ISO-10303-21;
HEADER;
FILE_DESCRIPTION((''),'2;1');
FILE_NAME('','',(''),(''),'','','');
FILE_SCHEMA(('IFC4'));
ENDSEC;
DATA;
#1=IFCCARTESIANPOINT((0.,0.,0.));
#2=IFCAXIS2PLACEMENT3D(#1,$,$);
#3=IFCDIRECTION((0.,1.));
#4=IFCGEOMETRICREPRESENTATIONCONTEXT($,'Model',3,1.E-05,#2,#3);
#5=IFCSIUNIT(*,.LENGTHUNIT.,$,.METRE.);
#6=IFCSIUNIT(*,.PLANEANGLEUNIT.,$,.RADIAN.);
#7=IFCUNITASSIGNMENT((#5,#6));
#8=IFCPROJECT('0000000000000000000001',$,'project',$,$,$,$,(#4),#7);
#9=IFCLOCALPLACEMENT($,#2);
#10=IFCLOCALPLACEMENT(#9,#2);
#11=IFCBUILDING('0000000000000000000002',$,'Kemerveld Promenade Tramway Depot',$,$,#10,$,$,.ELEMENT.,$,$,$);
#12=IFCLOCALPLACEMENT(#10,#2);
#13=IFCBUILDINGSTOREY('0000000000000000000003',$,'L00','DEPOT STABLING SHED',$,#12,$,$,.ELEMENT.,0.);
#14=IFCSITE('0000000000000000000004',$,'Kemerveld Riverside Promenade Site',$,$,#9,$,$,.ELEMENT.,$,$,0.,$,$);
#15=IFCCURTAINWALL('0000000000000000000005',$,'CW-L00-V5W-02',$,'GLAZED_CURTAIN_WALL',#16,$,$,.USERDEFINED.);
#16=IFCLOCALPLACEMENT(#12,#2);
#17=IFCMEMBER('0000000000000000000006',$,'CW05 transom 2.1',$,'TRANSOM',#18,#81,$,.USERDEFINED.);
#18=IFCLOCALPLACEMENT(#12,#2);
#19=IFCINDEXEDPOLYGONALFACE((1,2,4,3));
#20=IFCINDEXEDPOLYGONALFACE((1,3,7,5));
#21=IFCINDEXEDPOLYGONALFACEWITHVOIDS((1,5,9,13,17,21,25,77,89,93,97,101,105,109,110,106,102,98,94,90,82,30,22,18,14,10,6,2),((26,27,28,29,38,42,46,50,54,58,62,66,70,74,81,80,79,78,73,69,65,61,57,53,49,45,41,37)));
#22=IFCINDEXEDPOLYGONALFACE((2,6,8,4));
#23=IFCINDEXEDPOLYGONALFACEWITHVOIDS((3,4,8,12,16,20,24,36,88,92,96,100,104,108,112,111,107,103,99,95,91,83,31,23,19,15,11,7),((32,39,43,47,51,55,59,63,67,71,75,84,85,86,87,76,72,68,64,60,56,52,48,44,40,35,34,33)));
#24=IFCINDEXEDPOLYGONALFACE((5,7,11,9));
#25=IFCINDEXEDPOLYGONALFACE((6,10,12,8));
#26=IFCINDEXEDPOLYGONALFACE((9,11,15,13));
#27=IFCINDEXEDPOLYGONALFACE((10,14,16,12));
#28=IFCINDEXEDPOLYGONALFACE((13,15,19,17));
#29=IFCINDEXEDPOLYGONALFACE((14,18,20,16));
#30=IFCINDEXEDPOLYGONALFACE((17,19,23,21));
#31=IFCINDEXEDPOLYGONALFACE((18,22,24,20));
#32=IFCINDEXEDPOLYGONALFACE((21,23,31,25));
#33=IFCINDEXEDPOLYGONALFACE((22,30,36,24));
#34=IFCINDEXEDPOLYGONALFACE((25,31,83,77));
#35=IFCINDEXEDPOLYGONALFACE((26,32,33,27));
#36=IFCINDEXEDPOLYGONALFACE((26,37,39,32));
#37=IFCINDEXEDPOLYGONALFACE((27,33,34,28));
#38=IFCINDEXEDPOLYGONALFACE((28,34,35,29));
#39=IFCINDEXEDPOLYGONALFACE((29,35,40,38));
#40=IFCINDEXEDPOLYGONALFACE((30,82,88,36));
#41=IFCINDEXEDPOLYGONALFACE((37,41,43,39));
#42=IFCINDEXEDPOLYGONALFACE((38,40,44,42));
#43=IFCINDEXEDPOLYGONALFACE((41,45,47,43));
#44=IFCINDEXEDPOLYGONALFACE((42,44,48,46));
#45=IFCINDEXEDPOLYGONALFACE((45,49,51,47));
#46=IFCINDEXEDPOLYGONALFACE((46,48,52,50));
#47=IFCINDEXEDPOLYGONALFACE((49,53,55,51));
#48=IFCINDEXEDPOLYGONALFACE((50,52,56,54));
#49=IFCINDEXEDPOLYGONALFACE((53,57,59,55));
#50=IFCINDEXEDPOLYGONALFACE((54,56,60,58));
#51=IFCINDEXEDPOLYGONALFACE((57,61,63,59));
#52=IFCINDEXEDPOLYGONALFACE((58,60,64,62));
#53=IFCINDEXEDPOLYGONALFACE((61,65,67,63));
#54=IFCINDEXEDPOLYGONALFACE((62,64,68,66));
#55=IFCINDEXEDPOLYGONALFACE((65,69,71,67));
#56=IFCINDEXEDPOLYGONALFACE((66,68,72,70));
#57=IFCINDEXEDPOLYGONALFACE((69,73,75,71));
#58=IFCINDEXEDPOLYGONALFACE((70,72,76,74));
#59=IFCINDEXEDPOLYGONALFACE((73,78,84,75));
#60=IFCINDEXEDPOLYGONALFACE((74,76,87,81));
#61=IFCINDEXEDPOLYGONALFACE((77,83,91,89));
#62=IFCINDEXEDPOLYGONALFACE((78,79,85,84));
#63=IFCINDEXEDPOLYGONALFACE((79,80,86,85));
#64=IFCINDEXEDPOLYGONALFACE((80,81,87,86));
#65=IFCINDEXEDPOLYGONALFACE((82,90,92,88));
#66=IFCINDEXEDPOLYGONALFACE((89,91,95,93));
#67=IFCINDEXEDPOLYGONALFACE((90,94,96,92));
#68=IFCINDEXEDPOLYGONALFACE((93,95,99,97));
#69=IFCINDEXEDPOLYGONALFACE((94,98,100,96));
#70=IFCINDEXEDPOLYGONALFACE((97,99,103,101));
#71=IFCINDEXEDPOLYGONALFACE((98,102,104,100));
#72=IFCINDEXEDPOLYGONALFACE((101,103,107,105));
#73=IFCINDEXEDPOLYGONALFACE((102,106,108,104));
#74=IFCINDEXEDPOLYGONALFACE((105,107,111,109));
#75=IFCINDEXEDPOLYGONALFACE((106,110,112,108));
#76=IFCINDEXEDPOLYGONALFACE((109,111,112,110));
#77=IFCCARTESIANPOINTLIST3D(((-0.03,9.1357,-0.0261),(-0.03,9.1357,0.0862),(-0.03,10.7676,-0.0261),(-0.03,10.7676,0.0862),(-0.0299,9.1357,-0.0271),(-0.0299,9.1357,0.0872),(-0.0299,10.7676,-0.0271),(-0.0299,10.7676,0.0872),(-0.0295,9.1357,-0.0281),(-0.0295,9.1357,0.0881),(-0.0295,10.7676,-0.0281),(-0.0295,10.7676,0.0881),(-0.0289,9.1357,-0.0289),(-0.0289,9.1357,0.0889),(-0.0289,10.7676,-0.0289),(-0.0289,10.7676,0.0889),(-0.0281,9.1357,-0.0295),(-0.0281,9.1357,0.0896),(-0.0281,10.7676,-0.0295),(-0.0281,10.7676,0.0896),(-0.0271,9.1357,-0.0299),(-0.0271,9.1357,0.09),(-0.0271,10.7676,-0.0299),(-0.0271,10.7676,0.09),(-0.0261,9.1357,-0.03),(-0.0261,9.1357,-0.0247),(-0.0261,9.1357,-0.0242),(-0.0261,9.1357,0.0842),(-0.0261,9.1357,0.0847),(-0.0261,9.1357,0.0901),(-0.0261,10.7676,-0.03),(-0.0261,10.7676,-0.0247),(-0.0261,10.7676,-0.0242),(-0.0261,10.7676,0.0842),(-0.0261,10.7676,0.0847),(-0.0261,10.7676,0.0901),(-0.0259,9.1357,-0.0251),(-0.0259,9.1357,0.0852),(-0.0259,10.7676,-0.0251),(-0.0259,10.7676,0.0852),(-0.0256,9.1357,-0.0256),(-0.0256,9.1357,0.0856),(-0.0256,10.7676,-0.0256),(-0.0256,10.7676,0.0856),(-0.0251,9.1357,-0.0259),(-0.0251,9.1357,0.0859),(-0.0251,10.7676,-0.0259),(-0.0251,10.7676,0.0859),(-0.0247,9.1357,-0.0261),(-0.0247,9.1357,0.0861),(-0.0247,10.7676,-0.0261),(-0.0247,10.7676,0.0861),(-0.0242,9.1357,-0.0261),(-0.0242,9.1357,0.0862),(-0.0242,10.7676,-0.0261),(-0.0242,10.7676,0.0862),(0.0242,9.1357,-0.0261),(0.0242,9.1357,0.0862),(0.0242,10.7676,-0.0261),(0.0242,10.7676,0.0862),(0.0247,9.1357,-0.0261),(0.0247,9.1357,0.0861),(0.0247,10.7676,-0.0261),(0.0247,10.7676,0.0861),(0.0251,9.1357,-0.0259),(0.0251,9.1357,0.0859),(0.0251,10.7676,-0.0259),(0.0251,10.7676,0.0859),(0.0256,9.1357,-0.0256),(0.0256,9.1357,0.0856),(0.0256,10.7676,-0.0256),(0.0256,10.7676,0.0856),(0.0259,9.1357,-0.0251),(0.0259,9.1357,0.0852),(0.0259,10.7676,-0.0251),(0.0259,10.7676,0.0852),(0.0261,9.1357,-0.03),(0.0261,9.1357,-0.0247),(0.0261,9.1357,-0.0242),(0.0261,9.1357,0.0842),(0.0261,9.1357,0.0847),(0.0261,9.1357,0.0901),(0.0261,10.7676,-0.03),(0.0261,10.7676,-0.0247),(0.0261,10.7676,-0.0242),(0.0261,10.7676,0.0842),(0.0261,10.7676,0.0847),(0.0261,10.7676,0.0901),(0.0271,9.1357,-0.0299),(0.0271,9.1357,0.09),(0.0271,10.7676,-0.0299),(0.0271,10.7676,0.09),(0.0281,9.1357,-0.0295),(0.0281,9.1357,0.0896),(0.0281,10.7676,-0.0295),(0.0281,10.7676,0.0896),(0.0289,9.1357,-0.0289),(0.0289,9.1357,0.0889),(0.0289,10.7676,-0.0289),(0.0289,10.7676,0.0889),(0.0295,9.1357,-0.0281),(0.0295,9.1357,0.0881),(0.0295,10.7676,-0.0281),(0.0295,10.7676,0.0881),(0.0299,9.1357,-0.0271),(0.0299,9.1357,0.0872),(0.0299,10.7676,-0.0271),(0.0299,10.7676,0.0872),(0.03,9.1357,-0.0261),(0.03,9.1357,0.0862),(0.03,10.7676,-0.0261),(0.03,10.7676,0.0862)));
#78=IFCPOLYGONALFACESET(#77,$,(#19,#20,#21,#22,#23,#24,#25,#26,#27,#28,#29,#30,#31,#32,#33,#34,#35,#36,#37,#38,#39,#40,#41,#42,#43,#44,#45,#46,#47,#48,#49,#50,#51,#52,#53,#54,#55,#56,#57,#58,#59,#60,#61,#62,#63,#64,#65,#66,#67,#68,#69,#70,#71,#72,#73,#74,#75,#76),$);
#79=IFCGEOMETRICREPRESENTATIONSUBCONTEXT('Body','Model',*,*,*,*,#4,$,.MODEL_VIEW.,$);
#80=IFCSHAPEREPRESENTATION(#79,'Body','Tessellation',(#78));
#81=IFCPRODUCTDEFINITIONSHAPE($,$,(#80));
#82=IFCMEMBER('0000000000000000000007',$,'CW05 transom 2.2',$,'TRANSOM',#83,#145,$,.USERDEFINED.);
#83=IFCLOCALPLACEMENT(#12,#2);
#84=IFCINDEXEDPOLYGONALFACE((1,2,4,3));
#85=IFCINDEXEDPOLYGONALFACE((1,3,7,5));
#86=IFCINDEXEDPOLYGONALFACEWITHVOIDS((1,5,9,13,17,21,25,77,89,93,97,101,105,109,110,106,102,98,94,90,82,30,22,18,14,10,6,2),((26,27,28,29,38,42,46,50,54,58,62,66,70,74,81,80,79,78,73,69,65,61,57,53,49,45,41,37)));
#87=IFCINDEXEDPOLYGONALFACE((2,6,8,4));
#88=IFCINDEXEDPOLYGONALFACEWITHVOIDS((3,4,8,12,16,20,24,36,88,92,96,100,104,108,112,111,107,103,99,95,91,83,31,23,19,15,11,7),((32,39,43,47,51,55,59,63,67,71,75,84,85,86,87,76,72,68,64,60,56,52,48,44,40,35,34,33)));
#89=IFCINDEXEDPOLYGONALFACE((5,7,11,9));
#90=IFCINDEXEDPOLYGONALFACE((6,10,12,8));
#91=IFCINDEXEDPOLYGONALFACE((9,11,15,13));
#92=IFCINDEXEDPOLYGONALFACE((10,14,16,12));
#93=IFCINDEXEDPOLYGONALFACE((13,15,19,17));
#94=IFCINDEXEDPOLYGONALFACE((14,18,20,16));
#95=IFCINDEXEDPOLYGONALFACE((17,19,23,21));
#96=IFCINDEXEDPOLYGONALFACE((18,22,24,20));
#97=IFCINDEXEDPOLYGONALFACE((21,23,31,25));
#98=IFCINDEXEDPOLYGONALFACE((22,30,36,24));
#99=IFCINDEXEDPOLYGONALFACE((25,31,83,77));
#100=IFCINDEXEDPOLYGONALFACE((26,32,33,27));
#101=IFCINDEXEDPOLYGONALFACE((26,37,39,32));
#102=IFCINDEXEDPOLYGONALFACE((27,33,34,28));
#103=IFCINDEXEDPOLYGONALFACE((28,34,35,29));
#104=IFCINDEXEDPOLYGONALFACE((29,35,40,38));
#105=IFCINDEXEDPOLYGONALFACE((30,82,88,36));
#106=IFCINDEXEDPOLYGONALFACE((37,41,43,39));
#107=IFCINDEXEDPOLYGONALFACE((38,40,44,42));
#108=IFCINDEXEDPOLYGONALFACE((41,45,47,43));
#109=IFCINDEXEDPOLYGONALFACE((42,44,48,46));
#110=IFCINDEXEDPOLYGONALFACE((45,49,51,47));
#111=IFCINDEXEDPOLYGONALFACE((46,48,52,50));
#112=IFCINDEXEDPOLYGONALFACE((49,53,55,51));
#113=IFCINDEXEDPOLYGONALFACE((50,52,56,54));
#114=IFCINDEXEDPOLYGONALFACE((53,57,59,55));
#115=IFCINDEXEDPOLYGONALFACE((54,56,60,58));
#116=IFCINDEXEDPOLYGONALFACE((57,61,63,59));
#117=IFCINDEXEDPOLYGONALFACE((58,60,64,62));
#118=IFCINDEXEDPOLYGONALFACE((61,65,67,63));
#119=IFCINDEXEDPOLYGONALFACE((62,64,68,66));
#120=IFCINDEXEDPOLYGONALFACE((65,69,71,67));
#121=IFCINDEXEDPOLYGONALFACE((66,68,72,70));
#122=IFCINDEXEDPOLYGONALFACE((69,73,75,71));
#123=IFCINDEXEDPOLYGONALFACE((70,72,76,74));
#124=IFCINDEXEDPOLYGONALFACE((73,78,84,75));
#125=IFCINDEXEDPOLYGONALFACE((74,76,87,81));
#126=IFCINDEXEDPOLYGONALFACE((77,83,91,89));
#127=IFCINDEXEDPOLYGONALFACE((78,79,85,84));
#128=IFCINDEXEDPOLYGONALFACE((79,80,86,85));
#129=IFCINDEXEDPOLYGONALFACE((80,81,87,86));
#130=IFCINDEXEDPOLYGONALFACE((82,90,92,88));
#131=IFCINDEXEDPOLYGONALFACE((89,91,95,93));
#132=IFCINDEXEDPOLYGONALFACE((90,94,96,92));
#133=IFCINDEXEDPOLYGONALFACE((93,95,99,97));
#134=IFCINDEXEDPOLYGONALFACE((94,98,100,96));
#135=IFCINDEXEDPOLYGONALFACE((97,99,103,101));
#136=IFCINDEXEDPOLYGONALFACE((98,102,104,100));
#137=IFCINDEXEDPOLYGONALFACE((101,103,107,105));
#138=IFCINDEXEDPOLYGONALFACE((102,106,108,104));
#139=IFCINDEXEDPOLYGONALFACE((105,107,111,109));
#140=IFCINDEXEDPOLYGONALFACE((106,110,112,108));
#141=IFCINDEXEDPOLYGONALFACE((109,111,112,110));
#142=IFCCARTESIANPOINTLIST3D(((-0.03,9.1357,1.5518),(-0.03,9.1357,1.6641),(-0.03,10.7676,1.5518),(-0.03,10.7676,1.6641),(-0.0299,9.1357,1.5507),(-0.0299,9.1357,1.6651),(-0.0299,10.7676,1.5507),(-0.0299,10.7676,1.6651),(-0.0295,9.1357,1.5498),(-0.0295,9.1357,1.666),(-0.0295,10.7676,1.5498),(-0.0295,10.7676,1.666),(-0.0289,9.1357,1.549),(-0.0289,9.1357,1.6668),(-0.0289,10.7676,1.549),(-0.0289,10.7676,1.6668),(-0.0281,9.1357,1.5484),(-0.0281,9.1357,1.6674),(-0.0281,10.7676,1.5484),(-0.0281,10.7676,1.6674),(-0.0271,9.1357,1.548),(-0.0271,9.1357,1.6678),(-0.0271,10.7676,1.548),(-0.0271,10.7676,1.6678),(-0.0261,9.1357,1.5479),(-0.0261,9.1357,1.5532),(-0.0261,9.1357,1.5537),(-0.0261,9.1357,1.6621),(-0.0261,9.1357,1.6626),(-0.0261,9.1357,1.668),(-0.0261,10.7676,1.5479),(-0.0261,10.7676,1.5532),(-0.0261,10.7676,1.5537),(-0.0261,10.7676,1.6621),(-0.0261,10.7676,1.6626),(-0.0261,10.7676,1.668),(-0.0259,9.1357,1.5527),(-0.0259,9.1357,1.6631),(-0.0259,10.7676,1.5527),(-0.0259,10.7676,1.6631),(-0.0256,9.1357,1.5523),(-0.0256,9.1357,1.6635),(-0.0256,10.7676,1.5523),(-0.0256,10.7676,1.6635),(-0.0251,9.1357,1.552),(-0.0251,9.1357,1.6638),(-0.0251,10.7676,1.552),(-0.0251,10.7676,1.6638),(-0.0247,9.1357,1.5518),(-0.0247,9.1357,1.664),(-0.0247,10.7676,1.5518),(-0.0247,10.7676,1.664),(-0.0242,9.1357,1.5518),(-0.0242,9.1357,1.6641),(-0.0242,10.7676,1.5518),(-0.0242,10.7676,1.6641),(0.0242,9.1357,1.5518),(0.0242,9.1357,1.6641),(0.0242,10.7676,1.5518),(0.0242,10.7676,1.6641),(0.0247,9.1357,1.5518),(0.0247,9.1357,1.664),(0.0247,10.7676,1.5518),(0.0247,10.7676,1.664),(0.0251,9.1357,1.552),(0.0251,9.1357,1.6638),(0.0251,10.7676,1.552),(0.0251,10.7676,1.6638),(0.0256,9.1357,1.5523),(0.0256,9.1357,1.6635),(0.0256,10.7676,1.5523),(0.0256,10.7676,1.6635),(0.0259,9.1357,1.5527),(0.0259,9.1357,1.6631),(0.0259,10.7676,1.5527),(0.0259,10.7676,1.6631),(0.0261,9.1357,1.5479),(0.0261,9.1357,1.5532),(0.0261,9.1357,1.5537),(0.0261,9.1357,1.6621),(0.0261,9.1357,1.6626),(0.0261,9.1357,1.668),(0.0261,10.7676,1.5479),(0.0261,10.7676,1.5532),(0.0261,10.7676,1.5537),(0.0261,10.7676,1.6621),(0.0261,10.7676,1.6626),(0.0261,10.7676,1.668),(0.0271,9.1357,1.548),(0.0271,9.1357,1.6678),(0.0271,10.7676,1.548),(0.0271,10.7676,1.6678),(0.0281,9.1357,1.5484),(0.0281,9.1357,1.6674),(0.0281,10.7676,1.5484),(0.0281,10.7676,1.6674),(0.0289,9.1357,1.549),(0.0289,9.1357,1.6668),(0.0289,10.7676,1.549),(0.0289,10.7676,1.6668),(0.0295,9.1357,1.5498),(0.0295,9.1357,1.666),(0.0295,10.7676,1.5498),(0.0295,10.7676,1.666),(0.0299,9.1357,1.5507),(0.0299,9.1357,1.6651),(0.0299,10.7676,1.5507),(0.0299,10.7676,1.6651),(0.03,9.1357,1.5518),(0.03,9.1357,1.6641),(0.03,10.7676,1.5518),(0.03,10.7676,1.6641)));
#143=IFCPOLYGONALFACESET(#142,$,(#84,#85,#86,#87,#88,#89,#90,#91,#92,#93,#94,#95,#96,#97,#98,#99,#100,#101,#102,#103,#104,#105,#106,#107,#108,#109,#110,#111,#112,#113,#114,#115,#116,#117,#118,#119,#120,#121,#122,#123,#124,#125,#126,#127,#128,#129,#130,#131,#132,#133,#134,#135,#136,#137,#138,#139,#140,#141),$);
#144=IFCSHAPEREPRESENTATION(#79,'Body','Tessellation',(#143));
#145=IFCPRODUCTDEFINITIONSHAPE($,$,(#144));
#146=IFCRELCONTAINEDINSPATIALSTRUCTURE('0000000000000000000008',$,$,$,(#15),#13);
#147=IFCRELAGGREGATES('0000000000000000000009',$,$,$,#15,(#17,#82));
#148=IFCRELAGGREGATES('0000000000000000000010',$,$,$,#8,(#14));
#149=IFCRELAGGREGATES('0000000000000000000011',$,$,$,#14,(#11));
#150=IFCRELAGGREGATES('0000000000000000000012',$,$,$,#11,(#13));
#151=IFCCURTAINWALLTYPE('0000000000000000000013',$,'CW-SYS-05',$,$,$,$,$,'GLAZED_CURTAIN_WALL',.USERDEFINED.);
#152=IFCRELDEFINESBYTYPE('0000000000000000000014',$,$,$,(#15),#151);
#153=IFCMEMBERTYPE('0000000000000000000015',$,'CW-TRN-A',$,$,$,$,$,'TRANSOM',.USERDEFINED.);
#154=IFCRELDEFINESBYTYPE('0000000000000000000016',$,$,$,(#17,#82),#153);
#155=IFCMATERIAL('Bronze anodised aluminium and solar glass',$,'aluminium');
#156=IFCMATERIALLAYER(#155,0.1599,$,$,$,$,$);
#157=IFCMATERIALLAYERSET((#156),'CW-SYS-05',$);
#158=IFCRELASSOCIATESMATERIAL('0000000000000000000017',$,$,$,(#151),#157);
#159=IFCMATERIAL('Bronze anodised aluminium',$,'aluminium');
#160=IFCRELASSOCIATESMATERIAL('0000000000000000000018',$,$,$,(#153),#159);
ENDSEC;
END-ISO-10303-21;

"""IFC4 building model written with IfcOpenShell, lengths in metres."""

from ifc_helpers import new_model, si_unit, direction, frame, origin, origin_2d, place, context, subcontext, project, spatial, hollow_rectangle, extrude, material, layer, layer_set, material_profile, profile_set, type_object, element, aggregate, save


model = new_model("IFC4")

# Units and contexts
model_context = context("Model", 3, precision=1e-05, world=origin(), true_north=direction((0.0, 1.0)))
body_context = subcontext(model_context, "Body", "Model", "MODEL_VIEW")
ifc_project = project(units=[si_unit("LENGTHUNIT", "METRE"), si_unit("PLANEANGLEUNIT", "RADIAN")], contexts=[model_context])

# Site, building, storey
site_placement = place(None, origin())
site = spatial("IfcSite", under=ifc_project, at=site_placement, Name="Kemerveld Riverside Promenade Site", CompositionType="ELEMENT", RefElevation=0.0)
building_placement = place(site_placement, origin())
building = spatial("IfcBuilding", under=site, at=building_placement, Name="Kemerveld Promenade Tramway Depot", CompositionType="ELEMENT")
storey_placement = place(building_placement, origin())
storey = spatial("IfcBuildingStorey", under=building, at=storey_placement, Name="L00", Description="DEPOT STABLING SHED", CompositionType="ELEMENT", Elevation=0.0)

# Curtain wall, members
ifc_material_1 = material(Name="Bronze anodised aluminium and solar glass", Category="aluminium")
ifc_layer_1 = layer(ifc_material_1, 0.1599)
ifc_layer_set_1 = layer_set([ifc_layer_1], Name="CW-SYS-05")
curtain_wall_type = type_object("IfcCurtainWallType", Name="CW-SYS-05", ElementType="GLAZED_CURTAIN_WALL", PredefinedType="USERDEFINED", material=ifc_layer_set_1)
curtain_wall_placement = place(storey_placement, origin())
curtain_wall = element("IfcCurtainWall", 1, at=curtain_wall_placement, inside=storey, type_object=curtain_wall_type, Name="CW-L00-V5W-02", ObjectType="GLAZED_CURTAIN_WALL", PredefinedType="USERDEFINED")
ifc_material_2 = material(Name="Bronze anodised aluminium", Category="aluminium")
ifc_material_profile_1 = material_profile(ifc_material_2, hollow_rectangle(XDim=0.0601, YDim=0.1201, WallThickness=0.0039, InnerFilletRadius=0.002, OuterFilletRadius=0.0039, at=origin_2d()), Name="CW-TRN-120x60")
ifc_profile_set_1 = profile_set([ifc_material_profile_1], Name="Bronze anodised aluminium")
member_type_1 = type_object("IfcMemberType", Name="CW-TRN-A", ElementType="TRANSOM", PredefinedType="USERDEFINED", material=ifc_profile_set_1)
member_1_placement = place(storey_placement, frame((0.0, 9.1357, 0.03), z_axis=(0.0, 1.0, 0.0), x_axis=(-1.0, 0.0, 0.0)))
member_1 = element("IfcMember", 2, at=member_1_placement, type_object=member_type_1, Name="CW05 transom 2.1", ObjectType="TRANSOM", PredefinedType="USERDEFINED", context=body_context, shape_type="SweptSolid", body=[
    extrude(hollow_rectangle(XDim=0.0601, YDim=0.1201, WallThickness=0.0039, InnerFilletRadius=0.002, OuterFilletRadius=0.0039, at=origin_2d()), origin(), (0.0, 0.0, 1.0), 1.6318),
])
member_2_placement = place(storey_placement, frame((0.0, 9.1357, 1.6079), z_axis=(0.0, 1.0, 0.0), x_axis=(-1.0, 0.0, 0.0)))
member_2 = element("IfcMember", 3, at=member_2_placement, type_object=member_type_1, Name="CW05 transom 2.2", ObjectType="TRANSOM", PredefinedType="USERDEFINED", context=body_context, shape_type="SweptSolid", body=[
    extrude(hollow_rectangle(XDim=0.0601, YDim=0.1201, WallThickness=0.0039, InnerFilletRadius=0.002, OuterFilletRadius=0.0039, at=origin_2d()), origin(), (0.0, 0.0, 1.0), 1.6318),
])
aggregate(curtain_wall, [member_1, member_2])

save(model, "model.ifc")
